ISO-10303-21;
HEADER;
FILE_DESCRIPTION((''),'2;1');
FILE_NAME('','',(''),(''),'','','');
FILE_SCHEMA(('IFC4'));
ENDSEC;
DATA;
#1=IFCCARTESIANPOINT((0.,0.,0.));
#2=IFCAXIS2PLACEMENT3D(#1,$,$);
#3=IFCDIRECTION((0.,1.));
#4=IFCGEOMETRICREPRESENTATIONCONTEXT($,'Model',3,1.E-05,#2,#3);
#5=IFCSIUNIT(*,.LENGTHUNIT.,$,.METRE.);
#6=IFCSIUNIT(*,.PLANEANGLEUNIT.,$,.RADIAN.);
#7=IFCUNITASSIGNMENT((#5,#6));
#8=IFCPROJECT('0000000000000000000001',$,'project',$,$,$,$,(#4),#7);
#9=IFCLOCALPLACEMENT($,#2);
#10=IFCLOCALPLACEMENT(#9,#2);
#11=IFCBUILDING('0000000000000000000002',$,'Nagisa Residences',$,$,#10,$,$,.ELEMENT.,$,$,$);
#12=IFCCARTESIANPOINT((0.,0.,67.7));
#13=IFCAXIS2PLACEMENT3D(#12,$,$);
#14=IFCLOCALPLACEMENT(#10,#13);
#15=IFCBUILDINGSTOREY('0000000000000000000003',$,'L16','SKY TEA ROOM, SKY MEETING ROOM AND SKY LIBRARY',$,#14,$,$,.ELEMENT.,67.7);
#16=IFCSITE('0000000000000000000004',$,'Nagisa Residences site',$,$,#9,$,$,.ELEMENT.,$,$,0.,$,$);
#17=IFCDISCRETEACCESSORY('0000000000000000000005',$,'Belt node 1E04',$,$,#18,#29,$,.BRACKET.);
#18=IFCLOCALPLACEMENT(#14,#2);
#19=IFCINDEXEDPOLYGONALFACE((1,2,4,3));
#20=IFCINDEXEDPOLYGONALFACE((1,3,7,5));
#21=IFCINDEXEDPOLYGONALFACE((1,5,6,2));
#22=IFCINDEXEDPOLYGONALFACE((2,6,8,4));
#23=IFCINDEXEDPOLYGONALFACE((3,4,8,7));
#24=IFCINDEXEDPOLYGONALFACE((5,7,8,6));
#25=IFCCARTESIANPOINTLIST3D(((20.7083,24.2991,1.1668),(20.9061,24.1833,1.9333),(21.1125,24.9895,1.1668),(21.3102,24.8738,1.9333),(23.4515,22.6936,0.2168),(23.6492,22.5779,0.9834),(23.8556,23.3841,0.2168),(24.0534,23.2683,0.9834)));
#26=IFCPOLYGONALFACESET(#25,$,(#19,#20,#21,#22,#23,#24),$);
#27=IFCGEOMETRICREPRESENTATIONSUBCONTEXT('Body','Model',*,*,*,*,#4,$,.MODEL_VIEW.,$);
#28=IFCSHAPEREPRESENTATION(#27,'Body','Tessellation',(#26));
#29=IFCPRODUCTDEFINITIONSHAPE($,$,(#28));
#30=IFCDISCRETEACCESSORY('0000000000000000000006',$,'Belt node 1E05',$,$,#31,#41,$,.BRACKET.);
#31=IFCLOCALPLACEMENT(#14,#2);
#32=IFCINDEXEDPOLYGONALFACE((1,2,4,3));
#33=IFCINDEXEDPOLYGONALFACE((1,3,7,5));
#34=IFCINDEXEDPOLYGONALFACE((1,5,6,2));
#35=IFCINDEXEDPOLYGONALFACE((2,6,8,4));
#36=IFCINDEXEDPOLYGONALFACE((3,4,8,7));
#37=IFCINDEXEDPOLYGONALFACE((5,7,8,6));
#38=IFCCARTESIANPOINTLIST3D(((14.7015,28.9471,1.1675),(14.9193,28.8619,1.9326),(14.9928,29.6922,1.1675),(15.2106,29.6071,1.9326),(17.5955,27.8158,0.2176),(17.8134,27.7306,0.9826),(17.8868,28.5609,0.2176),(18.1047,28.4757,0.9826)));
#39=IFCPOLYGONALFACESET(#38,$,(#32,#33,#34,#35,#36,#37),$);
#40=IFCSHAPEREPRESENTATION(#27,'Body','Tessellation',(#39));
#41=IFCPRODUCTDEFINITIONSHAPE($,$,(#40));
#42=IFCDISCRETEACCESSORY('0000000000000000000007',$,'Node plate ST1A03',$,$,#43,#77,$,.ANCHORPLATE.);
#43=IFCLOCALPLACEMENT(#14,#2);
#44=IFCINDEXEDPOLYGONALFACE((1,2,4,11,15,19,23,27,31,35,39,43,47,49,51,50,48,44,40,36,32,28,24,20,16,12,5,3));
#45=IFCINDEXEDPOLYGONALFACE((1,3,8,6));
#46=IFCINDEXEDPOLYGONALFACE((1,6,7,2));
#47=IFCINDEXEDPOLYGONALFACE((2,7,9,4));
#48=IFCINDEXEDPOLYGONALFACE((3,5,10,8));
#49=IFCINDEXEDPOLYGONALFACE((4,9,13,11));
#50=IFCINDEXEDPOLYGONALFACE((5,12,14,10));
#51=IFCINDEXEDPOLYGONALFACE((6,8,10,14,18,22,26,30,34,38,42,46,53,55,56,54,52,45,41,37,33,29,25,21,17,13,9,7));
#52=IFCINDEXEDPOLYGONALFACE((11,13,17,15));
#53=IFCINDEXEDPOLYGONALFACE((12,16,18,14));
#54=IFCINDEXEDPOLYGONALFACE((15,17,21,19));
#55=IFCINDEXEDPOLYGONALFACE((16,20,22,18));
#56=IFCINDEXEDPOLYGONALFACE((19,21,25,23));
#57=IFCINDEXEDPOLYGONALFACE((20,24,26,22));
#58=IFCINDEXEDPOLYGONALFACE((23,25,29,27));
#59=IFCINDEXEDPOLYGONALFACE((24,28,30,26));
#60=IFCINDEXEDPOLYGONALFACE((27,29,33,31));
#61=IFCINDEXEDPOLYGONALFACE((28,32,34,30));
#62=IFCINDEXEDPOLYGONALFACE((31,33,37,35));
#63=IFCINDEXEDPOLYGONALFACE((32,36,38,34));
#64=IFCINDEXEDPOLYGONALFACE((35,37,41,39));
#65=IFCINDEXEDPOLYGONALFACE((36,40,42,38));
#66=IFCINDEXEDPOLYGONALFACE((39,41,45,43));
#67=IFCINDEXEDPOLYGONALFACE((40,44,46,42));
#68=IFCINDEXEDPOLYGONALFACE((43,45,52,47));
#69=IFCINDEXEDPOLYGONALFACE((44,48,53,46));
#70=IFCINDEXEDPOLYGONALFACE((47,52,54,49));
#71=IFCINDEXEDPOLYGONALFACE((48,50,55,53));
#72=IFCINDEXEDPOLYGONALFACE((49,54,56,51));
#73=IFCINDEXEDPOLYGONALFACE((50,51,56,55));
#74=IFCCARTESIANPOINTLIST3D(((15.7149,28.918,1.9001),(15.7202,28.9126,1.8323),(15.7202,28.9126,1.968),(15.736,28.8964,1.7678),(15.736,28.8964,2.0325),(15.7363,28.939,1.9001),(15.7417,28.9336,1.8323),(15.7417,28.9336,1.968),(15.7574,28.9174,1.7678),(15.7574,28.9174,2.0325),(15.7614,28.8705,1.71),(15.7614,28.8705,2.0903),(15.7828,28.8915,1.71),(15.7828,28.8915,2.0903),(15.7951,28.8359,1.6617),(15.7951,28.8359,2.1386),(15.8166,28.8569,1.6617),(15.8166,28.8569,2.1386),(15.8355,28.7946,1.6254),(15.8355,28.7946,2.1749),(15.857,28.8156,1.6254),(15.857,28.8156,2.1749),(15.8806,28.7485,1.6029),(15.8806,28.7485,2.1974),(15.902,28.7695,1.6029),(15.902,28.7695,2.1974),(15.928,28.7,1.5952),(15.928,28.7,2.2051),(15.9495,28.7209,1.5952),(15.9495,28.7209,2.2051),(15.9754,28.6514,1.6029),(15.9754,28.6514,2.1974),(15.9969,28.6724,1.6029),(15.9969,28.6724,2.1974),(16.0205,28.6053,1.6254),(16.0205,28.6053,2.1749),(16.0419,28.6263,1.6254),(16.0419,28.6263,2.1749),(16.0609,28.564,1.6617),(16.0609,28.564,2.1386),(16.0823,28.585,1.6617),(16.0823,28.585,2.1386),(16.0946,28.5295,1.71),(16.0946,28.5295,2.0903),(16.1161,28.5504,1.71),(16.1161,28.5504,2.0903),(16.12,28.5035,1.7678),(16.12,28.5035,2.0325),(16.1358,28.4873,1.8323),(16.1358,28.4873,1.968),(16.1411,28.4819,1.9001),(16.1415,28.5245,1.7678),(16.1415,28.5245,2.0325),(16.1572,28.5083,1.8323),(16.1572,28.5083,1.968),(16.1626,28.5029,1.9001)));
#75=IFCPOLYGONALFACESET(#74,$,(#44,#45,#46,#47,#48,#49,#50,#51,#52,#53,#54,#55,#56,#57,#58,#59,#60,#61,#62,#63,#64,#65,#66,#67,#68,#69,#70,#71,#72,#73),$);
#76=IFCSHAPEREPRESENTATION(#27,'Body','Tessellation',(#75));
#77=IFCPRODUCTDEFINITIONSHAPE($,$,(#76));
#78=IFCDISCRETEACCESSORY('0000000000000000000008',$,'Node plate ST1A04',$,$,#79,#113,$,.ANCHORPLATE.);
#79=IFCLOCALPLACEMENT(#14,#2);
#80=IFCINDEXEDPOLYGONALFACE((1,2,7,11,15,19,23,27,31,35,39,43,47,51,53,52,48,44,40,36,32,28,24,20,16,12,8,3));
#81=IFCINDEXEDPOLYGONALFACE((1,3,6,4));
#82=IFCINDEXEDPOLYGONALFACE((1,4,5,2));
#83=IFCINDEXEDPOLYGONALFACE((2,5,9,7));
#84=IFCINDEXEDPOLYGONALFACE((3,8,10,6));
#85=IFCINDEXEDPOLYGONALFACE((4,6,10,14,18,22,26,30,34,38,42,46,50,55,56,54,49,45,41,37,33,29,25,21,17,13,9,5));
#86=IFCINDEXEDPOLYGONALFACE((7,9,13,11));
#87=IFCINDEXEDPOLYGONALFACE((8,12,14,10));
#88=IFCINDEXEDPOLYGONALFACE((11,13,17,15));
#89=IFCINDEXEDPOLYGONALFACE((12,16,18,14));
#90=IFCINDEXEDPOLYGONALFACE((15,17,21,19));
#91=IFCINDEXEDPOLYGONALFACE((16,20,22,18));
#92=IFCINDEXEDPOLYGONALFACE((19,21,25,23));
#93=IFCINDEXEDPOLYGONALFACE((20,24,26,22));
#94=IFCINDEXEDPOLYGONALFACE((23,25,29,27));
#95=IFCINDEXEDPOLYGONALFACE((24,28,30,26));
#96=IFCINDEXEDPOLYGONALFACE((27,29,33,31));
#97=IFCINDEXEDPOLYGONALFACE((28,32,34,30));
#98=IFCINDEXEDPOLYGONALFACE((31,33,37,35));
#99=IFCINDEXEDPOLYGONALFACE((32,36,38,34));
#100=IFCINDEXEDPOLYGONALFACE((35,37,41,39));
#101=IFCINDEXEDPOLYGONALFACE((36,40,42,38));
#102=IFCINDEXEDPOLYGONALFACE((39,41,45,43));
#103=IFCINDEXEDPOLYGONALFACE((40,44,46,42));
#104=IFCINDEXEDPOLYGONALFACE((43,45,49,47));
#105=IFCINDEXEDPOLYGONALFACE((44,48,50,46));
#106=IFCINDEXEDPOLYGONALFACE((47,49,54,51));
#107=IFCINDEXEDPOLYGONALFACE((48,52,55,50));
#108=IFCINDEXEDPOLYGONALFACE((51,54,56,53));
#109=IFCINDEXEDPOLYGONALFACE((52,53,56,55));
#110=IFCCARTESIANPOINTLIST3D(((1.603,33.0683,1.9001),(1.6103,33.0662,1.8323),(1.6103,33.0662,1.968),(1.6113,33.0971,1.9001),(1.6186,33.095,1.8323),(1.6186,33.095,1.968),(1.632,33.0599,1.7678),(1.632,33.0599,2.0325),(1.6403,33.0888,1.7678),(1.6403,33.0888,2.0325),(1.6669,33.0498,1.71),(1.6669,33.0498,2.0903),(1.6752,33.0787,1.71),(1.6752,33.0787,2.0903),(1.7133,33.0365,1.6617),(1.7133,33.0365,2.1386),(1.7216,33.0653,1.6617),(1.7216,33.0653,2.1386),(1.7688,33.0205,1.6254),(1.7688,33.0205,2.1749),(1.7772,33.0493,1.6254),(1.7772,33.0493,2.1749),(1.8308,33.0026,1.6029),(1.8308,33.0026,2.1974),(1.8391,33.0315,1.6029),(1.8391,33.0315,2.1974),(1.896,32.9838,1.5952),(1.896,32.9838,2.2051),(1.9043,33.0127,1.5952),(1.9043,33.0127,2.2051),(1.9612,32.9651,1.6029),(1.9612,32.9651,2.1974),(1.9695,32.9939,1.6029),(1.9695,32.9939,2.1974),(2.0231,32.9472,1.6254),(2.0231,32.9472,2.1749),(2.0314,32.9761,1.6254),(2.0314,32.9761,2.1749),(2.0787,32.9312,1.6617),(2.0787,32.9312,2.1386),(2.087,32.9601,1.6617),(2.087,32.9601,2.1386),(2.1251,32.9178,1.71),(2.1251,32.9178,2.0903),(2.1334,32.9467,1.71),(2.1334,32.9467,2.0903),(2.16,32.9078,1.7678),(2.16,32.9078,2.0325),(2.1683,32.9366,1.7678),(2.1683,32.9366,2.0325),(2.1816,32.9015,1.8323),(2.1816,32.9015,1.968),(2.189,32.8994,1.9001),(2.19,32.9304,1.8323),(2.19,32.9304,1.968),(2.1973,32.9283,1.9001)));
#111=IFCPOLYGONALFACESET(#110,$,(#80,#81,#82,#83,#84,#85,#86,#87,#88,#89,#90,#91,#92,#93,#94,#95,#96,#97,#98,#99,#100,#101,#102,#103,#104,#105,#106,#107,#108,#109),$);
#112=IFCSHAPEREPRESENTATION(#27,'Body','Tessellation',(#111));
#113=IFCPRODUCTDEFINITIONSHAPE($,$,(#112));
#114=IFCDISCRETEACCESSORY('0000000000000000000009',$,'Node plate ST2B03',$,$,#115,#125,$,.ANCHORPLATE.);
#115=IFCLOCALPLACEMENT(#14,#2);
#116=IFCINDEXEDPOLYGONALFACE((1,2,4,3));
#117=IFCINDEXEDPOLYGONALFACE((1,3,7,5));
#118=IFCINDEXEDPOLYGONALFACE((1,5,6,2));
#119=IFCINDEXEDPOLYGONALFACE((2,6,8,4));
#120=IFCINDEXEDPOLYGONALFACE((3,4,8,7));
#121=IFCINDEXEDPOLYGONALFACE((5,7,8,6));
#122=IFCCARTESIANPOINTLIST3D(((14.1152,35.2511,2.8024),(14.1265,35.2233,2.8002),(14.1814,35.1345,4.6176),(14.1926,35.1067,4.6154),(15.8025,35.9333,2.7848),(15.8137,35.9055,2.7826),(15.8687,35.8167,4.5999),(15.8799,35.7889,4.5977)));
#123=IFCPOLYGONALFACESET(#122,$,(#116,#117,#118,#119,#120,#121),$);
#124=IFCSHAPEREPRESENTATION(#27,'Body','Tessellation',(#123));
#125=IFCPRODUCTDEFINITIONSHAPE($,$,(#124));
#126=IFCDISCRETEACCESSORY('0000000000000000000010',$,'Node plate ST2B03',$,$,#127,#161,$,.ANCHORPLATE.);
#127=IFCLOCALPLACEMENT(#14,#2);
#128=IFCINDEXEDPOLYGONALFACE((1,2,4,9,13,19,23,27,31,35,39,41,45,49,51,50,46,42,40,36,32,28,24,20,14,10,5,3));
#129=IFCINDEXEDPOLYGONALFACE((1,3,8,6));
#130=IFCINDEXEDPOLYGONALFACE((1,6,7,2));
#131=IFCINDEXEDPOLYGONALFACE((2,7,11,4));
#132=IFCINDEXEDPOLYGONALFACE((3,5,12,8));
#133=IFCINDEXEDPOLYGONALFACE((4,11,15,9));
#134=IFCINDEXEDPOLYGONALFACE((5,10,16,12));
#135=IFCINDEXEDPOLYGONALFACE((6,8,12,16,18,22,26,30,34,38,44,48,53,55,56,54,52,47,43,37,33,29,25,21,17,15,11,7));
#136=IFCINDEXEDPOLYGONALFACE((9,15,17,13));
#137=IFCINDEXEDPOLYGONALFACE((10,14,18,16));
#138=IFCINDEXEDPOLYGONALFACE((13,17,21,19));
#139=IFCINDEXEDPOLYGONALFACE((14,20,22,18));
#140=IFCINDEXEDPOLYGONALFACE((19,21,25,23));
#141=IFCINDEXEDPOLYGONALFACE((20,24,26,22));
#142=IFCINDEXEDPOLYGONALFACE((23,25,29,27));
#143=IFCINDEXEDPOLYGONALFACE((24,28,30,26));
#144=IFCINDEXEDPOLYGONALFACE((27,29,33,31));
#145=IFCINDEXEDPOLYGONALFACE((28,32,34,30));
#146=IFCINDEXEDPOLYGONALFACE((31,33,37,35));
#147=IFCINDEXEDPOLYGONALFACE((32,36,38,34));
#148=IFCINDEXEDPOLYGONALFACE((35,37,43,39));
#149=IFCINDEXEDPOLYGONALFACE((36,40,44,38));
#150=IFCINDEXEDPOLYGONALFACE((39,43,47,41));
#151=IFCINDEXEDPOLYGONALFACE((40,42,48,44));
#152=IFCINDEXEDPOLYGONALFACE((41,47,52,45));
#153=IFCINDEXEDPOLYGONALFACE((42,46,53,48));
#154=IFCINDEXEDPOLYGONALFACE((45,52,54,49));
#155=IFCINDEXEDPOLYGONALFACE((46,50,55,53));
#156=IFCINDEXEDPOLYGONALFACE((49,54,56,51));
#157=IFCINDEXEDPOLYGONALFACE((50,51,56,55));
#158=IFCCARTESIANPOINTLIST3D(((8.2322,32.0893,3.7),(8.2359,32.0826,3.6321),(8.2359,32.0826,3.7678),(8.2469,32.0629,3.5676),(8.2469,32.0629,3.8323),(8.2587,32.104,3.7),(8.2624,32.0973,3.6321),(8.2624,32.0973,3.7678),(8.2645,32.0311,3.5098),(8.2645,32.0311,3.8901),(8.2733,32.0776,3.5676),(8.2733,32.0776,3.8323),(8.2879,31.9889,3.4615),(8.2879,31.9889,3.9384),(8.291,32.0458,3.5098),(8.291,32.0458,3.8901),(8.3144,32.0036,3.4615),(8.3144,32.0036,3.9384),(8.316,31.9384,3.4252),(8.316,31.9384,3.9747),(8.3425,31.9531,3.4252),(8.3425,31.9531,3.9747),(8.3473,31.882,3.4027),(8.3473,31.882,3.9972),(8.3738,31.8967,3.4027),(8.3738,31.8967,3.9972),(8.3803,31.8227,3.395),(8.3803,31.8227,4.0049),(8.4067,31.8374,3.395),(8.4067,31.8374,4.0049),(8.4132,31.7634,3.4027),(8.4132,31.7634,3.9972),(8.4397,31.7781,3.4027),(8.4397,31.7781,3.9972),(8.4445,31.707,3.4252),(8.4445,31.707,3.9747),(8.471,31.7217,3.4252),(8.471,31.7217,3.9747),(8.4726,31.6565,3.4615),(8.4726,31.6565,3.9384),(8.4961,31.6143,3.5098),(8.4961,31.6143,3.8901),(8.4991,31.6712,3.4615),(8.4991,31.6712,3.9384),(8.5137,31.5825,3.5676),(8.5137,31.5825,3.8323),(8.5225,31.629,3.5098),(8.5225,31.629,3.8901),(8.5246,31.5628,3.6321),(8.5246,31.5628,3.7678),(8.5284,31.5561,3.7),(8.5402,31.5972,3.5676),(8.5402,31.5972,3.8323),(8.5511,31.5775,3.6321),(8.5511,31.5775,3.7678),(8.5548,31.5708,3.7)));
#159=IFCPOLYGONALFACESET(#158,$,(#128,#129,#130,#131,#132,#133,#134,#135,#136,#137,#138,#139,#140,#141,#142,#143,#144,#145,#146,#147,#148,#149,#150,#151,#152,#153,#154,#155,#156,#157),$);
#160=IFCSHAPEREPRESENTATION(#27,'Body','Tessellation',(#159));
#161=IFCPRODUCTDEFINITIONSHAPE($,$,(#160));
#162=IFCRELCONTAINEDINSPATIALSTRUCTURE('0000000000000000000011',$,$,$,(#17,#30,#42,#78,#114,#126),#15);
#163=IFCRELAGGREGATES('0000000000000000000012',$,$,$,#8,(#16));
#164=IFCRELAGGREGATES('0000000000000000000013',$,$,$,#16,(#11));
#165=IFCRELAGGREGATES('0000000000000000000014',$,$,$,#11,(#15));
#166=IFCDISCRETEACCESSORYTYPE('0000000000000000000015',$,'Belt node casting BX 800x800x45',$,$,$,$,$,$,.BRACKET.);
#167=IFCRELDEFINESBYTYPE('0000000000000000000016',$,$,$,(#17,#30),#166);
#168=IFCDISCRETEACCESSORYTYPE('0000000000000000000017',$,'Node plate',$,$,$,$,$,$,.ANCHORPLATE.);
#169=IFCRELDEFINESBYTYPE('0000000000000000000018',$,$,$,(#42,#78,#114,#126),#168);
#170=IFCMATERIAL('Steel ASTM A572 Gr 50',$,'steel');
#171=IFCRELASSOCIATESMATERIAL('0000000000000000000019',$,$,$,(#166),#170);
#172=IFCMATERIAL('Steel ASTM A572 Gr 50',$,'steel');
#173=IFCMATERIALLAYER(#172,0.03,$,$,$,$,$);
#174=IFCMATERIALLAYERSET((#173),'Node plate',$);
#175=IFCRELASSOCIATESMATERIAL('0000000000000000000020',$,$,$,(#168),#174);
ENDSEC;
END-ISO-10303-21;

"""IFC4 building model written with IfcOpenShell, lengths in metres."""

from ifc_helpers import new_model, si_unit, direction, frame, origin, origin_2d, place, context, subcontext, project, spatial, rectangle, circle, extrude, material, layer, layer_set, type_object, element, save


model = new_model("IFC4")

# Units and contexts
model_context = context("Model", 3, precision=1e-05, world=origin(), true_north=direction((0.0, 1.0)))
body_context = subcontext(model_context, "Body", "Model", "MODEL_VIEW")
ifc_project = project(units=[si_unit("LENGTHUNIT", "METRE"), si_unit("PLANEANGLEUNIT", "RADIAN")], contexts=[model_context])

# Site, building, storey
site_placement = place(None, origin())
site = spatial("IfcSite", under=ifc_project, at=site_placement, Name="Nagisa Residences site", CompositionType="ELEMENT", RefElevation=0.0)
building_placement = place(site_placement, origin())
building = spatial("IfcBuilding", under=site, at=building_placement, Name="Nagisa Residences", CompositionType="ELEMENT")
storey_placement = place(building_placement, frame((0.0, 0.0, 67.7)))
storey = spatial("IfcBuildingStorey", under=building, at=storey_placement, Name="L16", Description="SKY TEA ROOM, SKY MEETING ROOM AND SKY LIBRARY", CompositionType="ELEMENT", Elevation=67.7)

# Discrete accessories
ifc_material_1 = material(Name="Steel ASTM A572 Gr 50", Category="steel")
discrete_accessory_type_1 = type_object("IfcDiscreteAccessoryType", Name="Belt node casting BX 800x800x45", PredefinedType="BRACKET", material=ifc_material_1)
discrete_accessory_1_placement = place(storey_placement, frame((23.7524, 22.981, 0.6001), z_axis=(-0.826911, 0.48396, 0.286357), x_axis=(-0.505112, -0.863054, 0.0)))
element("IfcDiscreteAccessory", 1, at=discrete_accessory_1_placement, inside=storey, type_object=discrete_accessory_type_1, Name="Belt node 1E04", PredefinedType="BRACKET", context=body_context, shape_type="SweptSolid", body=[
    extrude(rectangle(XDim=0.8, YDim=0.8, at=origin_2d()), origin(), (0.0, 0.0, 1.0), 3.3174),
])
discrete_accessory_2_placement = place(storey_placement, frame((17.8501, 28.1458, 0.6001), z_axis=(-0.890671, 0.348184, 0.292357), x_axis=(-0.364091, -0.931363, 0.0)))
element("IfcDiscreteAccessory", 2, at=discrete_accessory_2_placement, inside=storey, type_object=discrete_accessory_type_1, Name="Belt node 1E05", PredefinedType="BRACKET", context=body_context, shape_type="SweptSolid", body=[
    extrude(rectangle(XDim=0.8, YDim=0.8, at=origin_2d()), origin(), (0.0, 0.0, 1.0), 3.2493),
])
ifc_material_2 = material(Name="Steel ASTM A572 Gr 50", Category="steel")
ifc_layer = layer(ifc_material_2, 0.03)
ifc_layer_set = layer_set([ifc_layer], Name="Node plate")
discrete_accessory_type_2 = type_object("IfcDiscreteAccessoryType", Name="Node plate", PredefinedType="ANCHORPLATE", material=ifc_layer_set)
for number, where, z_axis, x_axis, name in (
    (3, (15.9495, 28.7209, 1.9001), (-0.715187, -0.698933, 0.0), (0.698933, -0.715187, 0.0), "Node plate ST1A03"),
    (4, (1.9043, 33.0127, 1.9001), (-0.276871, -0.960907, 0.0), (0.960907, -0.276871, 0.0), "Node plate ST1A04"),
):
    element("IfcDiscreteAccessory", number, at=place(storey_placement, frame(where, z_axis=z_axis, x_axis=x_axis)), inside=storey, type_object=discrete_accessory_type_2, Name=name, PredefinedType="ANCHORPLATE", context=body_context, shape_type="SweptSolid", body=[
        extrude(circle(Radius=0.3049, at=origin_2d()), origin(), (0.0, 0.0, 1.0), 0.03),
    ])
discrete_accessory_3_placement = place(storey_placement, frame((15.0032, 35.5061, 3.699), z_axis=(-0.373195, 0.924875, 0.073016), x_axis=(-0.92704, -0.374836, 0.00971)))
element("IfcDiscreteAccessory", 5, at=discrete_accessory_3_placement, inside=storey, type_object=discrete_accessory_type_2, Name="Node plate ST2B03", PredefinedType="ANCHORPLATE", context=body_context, shape_type="SweptSolid", body=[
    extrude(rectangle(XDim=1.8201, YDim=1.8201, at=origin_2d()), origin(), (0.0, 0.0, 1.0), 0.03),
])
discrete_accessory_4_placement = place(storey_placement, frame((8.4067, 31.8374, 3.7), z_axis=(-0.874157, -0.485643, 0.0), x_axis=(0.485643, -0.874157, 0.0)))
element("IfcDiscreteAccessory", 6, at=discrete_accessory_4_placement, inside=storey, type_object=discrete_accessory_type_2, Name="Node plate ST2B03", PredefinedType="ANCHORPLATE", context=body_context, shape_type="SweptSolid", body=[
    extrude(circle(Radius=0.3049, at=origin_2d()), origin(), (0.0, 0.0, 1.0), 0.0303),
])

save(model, "model.ifc")
